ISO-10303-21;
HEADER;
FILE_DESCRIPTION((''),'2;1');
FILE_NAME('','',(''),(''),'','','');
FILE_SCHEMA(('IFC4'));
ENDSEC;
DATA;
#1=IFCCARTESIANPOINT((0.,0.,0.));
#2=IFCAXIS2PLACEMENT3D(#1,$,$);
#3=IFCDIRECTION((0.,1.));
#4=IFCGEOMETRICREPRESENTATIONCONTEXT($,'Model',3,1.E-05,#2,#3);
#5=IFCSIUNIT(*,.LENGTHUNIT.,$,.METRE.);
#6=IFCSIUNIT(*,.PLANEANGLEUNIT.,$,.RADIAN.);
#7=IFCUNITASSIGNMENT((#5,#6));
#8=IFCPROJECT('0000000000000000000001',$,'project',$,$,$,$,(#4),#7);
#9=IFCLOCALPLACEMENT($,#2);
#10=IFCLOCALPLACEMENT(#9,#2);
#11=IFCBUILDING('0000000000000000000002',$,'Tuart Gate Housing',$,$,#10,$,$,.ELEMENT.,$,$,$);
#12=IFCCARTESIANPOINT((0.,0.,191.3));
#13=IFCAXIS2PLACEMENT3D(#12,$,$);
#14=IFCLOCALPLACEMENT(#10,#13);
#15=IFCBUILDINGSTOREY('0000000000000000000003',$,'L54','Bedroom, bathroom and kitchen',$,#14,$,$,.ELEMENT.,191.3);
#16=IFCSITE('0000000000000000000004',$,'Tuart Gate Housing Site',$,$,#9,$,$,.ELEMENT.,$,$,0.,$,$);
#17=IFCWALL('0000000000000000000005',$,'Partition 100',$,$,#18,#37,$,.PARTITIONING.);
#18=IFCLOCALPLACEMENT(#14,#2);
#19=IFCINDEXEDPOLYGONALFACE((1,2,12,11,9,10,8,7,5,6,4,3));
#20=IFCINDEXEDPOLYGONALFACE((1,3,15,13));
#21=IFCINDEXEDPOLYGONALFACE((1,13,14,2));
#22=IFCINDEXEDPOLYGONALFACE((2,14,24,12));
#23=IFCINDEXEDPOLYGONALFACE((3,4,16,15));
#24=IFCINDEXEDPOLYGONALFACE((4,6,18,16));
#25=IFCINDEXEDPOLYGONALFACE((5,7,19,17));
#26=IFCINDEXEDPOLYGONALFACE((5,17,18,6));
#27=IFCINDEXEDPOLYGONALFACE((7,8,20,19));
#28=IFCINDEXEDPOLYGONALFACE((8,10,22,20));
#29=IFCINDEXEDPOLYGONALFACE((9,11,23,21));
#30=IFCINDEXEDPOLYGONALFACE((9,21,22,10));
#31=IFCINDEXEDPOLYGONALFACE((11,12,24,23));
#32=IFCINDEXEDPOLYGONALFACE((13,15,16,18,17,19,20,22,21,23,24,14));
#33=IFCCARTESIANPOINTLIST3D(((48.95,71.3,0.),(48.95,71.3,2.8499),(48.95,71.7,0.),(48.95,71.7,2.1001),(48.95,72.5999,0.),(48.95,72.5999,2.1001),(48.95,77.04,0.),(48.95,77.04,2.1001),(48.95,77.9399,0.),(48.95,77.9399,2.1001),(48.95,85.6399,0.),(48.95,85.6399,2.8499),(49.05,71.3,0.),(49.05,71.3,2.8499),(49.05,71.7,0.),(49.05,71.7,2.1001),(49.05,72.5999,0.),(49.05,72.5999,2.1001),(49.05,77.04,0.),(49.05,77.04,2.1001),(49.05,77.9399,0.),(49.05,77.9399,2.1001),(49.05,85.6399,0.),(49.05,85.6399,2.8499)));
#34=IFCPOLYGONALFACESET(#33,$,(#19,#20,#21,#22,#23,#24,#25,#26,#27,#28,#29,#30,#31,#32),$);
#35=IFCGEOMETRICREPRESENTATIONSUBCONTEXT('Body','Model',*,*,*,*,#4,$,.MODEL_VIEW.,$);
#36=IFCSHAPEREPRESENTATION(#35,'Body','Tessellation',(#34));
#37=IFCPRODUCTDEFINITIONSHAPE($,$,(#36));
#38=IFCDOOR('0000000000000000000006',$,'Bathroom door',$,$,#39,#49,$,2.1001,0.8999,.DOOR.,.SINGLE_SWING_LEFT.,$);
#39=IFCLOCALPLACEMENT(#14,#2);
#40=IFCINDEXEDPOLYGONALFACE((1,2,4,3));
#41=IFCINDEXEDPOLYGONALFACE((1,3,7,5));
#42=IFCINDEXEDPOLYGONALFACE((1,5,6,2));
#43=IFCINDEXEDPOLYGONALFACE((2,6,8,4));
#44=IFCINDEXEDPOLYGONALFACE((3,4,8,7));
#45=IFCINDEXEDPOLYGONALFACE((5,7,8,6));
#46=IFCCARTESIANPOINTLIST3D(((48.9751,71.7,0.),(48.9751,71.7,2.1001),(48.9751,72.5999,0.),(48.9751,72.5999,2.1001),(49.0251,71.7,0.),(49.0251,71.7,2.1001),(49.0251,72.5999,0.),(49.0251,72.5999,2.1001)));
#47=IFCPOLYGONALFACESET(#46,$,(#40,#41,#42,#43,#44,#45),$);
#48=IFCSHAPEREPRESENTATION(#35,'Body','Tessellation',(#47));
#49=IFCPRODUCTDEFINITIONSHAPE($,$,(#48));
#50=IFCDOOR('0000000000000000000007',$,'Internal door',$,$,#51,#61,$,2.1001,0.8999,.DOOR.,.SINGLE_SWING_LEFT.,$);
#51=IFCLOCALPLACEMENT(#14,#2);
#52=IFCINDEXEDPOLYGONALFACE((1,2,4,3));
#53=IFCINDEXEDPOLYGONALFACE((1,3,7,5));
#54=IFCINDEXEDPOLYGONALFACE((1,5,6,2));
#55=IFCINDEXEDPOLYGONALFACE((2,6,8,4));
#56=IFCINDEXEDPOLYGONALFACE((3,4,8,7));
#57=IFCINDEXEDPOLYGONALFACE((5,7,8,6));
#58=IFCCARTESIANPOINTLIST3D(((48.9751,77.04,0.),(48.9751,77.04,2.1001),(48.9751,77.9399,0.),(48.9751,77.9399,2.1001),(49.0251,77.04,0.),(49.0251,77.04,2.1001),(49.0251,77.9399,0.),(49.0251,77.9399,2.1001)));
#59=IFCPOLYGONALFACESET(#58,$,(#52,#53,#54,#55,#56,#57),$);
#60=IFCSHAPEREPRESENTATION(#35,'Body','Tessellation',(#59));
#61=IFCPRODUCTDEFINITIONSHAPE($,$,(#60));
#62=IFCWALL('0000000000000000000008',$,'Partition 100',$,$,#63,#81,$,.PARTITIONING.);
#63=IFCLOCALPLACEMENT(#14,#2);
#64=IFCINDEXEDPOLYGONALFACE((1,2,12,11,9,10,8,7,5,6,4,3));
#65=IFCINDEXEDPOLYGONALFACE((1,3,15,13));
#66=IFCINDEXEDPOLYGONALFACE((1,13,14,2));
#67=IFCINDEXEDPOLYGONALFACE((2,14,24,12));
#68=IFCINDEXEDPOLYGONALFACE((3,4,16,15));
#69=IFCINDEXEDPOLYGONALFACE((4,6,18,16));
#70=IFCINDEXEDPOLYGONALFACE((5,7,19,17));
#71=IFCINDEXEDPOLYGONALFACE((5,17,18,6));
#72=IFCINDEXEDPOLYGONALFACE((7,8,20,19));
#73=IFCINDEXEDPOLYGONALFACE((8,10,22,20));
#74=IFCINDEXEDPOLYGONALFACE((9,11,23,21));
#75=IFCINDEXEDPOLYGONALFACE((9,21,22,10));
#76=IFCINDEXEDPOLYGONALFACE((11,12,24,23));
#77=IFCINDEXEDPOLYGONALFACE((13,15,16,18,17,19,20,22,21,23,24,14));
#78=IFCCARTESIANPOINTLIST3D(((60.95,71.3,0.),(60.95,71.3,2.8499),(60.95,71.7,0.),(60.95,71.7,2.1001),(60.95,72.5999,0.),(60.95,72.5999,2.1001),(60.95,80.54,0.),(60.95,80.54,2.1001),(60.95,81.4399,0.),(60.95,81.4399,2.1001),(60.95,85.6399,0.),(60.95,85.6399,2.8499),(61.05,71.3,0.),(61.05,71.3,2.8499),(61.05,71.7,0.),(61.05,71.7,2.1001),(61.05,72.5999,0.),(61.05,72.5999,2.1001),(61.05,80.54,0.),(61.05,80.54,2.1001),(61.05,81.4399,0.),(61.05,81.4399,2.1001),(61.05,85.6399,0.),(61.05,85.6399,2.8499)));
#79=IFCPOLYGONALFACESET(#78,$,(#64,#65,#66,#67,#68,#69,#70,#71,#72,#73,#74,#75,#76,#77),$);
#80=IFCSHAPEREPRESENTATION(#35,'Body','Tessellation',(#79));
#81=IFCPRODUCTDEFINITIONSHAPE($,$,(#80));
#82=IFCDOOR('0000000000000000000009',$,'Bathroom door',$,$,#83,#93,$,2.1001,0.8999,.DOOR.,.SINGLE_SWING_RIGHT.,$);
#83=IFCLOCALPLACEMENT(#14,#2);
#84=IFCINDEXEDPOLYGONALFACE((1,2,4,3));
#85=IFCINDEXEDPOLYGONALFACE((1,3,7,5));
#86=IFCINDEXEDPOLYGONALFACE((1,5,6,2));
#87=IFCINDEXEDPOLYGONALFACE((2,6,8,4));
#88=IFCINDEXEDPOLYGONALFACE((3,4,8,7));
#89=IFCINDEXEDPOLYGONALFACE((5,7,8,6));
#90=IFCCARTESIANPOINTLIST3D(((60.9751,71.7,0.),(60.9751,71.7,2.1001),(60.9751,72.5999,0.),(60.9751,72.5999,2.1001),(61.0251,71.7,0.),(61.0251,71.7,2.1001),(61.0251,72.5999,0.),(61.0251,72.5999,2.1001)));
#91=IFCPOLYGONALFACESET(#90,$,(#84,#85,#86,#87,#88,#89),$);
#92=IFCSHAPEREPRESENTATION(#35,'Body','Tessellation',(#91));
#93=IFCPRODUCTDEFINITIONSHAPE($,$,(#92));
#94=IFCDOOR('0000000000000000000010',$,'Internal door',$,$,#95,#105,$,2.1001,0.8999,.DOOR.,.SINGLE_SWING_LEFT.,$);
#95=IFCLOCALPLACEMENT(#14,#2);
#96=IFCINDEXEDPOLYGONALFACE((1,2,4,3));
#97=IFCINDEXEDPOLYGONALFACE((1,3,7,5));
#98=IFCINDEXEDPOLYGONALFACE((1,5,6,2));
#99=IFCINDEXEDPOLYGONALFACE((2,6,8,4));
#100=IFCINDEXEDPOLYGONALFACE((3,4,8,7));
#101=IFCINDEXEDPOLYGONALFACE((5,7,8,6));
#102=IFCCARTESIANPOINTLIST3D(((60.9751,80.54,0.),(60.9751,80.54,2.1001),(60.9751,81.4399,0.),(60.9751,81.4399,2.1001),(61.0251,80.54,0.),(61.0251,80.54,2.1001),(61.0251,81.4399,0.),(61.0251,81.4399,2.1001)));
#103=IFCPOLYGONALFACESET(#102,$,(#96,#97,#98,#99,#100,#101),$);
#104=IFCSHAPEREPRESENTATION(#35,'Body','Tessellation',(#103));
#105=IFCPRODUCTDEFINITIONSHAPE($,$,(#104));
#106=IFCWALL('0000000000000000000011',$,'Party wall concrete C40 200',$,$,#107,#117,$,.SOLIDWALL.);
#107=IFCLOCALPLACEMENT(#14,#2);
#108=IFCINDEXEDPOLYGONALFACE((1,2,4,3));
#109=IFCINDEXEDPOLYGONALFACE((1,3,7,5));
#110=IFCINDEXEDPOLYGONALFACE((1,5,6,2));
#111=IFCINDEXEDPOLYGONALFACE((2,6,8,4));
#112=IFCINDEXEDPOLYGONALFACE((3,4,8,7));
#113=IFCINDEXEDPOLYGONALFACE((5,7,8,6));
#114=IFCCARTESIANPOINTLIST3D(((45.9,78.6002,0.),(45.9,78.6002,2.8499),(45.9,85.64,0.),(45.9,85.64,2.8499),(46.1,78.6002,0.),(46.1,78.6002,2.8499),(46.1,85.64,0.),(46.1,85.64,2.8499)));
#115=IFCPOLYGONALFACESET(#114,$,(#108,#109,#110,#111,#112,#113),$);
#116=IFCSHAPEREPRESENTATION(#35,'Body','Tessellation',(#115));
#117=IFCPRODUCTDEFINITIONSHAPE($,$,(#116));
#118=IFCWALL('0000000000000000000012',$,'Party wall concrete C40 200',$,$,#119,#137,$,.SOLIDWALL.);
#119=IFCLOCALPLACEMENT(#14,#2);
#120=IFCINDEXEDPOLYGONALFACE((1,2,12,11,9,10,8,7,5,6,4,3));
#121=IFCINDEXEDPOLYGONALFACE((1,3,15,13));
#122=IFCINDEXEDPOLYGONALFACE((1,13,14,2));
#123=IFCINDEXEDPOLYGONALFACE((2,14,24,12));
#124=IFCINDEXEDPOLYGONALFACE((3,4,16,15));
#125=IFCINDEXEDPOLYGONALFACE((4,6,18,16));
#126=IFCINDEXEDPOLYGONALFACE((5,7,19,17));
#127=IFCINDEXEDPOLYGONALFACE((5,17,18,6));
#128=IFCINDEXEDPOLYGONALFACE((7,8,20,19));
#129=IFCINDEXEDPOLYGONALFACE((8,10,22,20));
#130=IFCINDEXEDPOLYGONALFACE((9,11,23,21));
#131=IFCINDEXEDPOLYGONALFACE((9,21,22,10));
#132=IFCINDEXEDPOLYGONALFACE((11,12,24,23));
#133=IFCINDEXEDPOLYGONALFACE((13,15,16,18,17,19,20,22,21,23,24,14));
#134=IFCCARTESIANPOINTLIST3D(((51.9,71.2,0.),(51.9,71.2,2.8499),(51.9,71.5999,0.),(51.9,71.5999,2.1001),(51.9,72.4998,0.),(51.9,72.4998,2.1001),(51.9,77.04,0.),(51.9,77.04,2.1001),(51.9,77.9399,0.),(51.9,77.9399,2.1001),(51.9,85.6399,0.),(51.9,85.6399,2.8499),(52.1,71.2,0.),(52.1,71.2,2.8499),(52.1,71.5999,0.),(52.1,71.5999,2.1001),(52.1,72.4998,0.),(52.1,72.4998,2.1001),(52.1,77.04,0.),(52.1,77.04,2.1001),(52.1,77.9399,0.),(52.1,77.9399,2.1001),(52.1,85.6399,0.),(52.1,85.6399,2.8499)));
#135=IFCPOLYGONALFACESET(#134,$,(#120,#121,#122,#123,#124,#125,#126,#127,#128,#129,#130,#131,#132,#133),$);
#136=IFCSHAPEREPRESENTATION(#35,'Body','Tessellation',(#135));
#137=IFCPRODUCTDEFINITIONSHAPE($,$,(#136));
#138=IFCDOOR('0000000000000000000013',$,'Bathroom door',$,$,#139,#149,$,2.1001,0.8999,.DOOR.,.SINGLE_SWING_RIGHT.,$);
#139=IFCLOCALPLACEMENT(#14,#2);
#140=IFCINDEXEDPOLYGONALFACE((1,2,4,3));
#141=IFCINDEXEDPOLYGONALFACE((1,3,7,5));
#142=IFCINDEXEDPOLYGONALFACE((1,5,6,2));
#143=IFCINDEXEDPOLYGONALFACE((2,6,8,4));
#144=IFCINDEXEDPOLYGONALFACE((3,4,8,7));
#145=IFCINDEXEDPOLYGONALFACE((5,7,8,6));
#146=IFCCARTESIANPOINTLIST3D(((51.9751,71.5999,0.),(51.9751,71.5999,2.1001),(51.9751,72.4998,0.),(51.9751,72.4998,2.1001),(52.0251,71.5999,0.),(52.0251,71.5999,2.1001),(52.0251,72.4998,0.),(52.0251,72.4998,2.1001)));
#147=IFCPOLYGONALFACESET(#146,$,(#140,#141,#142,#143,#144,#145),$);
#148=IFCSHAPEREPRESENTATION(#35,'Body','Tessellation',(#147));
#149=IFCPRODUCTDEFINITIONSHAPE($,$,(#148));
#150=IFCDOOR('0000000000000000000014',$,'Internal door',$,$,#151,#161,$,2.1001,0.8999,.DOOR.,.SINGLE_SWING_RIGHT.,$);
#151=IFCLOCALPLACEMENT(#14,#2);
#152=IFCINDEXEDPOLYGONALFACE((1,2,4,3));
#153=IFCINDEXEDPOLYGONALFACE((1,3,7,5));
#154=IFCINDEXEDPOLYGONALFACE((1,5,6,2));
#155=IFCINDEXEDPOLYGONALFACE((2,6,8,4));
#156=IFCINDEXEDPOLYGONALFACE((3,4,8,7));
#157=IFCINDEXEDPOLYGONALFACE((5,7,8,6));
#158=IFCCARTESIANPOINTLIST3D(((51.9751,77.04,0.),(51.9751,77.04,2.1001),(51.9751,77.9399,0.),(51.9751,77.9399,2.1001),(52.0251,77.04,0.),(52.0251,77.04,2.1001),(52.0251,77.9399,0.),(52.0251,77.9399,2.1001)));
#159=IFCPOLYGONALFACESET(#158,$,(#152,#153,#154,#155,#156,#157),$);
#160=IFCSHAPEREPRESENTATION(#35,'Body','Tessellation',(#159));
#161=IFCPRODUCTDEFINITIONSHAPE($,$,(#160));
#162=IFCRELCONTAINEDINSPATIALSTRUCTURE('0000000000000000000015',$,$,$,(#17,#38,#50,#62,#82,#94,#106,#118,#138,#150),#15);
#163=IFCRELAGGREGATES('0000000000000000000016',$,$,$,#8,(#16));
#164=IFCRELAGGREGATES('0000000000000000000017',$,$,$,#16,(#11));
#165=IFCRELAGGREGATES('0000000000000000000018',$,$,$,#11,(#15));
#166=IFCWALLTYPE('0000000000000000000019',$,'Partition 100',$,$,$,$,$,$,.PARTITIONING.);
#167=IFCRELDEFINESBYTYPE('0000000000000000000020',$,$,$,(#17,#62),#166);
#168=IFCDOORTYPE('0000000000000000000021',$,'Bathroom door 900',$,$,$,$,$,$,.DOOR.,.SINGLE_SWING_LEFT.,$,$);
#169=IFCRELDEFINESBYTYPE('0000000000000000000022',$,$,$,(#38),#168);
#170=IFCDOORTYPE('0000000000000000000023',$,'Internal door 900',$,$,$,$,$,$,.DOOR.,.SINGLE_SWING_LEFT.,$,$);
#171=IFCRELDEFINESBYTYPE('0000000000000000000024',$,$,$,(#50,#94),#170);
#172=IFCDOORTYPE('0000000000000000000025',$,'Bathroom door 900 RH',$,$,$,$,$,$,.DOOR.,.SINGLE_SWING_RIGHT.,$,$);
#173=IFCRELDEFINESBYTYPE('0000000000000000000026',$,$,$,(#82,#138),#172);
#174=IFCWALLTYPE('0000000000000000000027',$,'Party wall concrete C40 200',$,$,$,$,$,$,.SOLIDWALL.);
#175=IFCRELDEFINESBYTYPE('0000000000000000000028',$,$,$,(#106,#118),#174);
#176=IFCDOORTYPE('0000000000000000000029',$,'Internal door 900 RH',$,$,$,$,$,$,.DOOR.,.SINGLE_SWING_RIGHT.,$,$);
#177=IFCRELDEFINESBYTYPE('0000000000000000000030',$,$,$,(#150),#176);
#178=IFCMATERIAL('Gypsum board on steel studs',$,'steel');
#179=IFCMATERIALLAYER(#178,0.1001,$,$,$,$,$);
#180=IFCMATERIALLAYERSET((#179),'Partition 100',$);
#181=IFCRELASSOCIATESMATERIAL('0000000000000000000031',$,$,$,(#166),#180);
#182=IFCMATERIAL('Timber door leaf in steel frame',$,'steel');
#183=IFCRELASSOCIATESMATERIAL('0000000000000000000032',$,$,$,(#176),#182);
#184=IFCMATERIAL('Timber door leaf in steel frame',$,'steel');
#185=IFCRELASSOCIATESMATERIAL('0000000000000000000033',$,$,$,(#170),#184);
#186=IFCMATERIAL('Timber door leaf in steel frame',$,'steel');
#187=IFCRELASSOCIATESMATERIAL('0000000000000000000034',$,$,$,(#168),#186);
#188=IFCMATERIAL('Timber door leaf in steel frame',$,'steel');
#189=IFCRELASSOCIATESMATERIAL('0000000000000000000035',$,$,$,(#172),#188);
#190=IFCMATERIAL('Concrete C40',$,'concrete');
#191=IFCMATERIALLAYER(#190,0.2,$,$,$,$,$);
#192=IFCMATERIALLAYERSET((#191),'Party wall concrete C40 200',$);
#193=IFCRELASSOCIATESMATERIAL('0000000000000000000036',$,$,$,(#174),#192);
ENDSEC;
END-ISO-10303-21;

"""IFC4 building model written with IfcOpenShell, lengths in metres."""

from ifc_helpers import new_model, si_unit, direction, frame, frame_2d, origin, place, context, subcontext, project, spatial, rectangle, extrude, material, layer, layer_set, type_object, element, fill, save


model = new_model("IFC4")

# Units and contexts
model_context = context("Model", 3, precision=1e-05, world=origin(), true_north=direction((0.0, 1.0)))
body_context = subcontext(model_context, "Body", "Model", "MODEL_VIEW")
ifc_project = project(units=[si_unit("LENGTHUNIT", "METRE"), si_unit("PLANEANGLEUNIT", "RADIAN")], contexts=[model_context])

# Site, building, storey
site_placement = place(None, origin())
site = spatial("IfcSite", under=ifc_project, at=site_placement, Name="Tuart Gate Housing Site", CompositionType="ELEMENT", RefElevation=0.0)
building_placement = place(site_placement, origin())
building = spatial("IfcBuilding", under=site, at=building_placement, Name="Tuart Gate Housing", CompositionType="ELEMENT")
storey_placement = place(building_placement, frame((0.0, 0.0, 191.3)))
storey = spatial("IfcBuildingStorey", under=building, at=storey_placement, Name="L54", Description="Bedroom, bathroom and kitchen", CompositionType="ELEMENT", Elevation=191.3)

# Shared definitions
ifc_material_1 = material(Name="Gypsum board on steel studs", Category="steel")
ifc_layer_1 = layer(ifc_material_1, 0.1001)
ifc_layer_set_1 = layer_set([ifc_layer_1], Name="Partition 100")
wall_type_1 = type_object("IfcWallType", Name="Partition 100", PredefinedType="PARTITIONING", material=ifc_layer_set_1)

# Shared definitions
ifc_material_2 = material(Name="Timber door leaf in steel frame", Category="steel")
door_type_1 = type_object("IfcDoorType", Name="Internal door 900 RH", OperationType="SINGLE_SWING_RIGHT", PredefinedType="DOOR", material=ifc_material_2)
ifc_material_3 = material(Name="Timber door leaf in steel frame", Category="steel")
door_type_2 = type_object("IfcDoorType", Name="Internal door 900", OperationType="SINGLE_SWING_LEFT", PredefinedType="DOOR", material=ifc_material_3)

# Walls, openings, doors
wall_1_placement = place(storey_placement, frame((49.0, 71.3, 0.0), z_axis=(0.0, 0.0, 1.0), x_axis=(0.0, 1.0, 0.0)))
wall_1 = element("IfcWall", 1, at=wall_1_placement, inside=storey, type_object=wall_type_1, Name="Partition 100", PredefinedType="PARTITIONING", context=body_context, shape_type="SweptSolid", body=[
    extrude(rectangle(XDim=14.3398, YDim=0.1001, at=frame_2d((7.1699, 0.0))), origin(), (0.0, 0.0, 1.0), 2.8499),
])
opening_1_placement = place(wall_1_placement, frame((5.74, 0.0, 0.0)))
opening_1 = element("IfcOpeningElement", 2, at=opening_1_placement, cuts=wall_1, PredefinedType="OPENING", context=body_context, shape_type="SweptSolid", body=[
    extrude(rectangle(XDim=0.8999, YDim=2.1001, at=frame_2d((0.45, 1.05))), frame((0.0, 0.0601, 0.0), z_axis=(0.0, -1.0, 0.0), x_axis=(1.0, 0.0, 0.0)), (0.0, 0.0, 1.0), 0.1201),
])
opening_2_placement = place(wall_1_placement, frame((0.3999, 0.0, 0.0)))
opening_2 = element("IfcOpeningElement", 3, at=opening_2_placement, cuts=wall_1, PredefinedType="OPENING", context=body_context, shape_type="SweptSolid", body=[
    extrude(rectangle(XDim=0.8999, YDim=2.1001, at=frame_2d((0.45, 1.05))), frame((0.0, 0.0601, 0.0), z_axis=(0.0, -1.0, 0.0), x_axis=(1.0, 0.0, 0.0)), (0.0, 0.0, 1.0), 0.1201),
])
ifc_material_4 = material(Name="Timber door leaf in steel frame", Category="steel")
door_type_3 = type_object("IfcDoorType", Name="Bathroom door 900", OperationType="SINGLE_SWING_LEFT", PredefinedType="DOOR", material=ifc_material_4)
door_1_placement = place(opening_2_placement, origin())
door_1 = element("IfcDoor", 4, at=door_1_placement, inside=storey, type_object=door_type_3, Name="Bathroom door", OperationType="SINGLE_SWING_LEFT", OverallHeight=2.1001, OverallWidth=0.8999, PredefinedType="DOOR", context=body_context, shape_type="SweptSolid", body=[
    extrude(rectangle(XDim=0.8999, YDim=2.1001, at=frame_2d((0.45, 1.05))), frame((0.0, 0.0249, 0.0), z_axis=(0.0, -1.0, 0.0), x_axis=(1.0, 0.0, 0.0)), (0.0, 0.0, 1.0), 0.05),
])
fill(opening_2, door_1)
door_2_placement = place(opening_1_placement, origin())
door_2 = element("IfcDoor", 5, at=door_2_placement, inside=storey, type_object=door_type_2, Name="Internal door", OperationType="SINGLE_SWING_LEFT", OverallHeight=2.1001, OverallWidth=0.8999, PredefinedType="DOOR", context=body_context, shape_type="SweptSolid", body=[
    extrude(rectangle(XDim=0.8999, YDim=2.1001, at=frame_2d((0.45, 1.05))), frame((0.0, 0.0249, 0.0), z_axis=(0.0, -1.0, 0.0), x_axis=(1.0, 0.0, 0.0)), (0.0, 0.0, 1.0), 0.05),
])
fill(opening_1, door_2)
wall_2_placement = place(storey_placement, frame((61.0, 71.3, 0.0), z_axis=(0.0, 0.0, 1.0), x_axis=(0.0, 1.0, 0.0)))
wall_2 = element("IfcWall", 6, at=wall_2_placement, inside=storey, type_object=wall_type_1, Name="Partition 100", PredefinedType="PARTITIONING", context=body_context, shape_type="SweptSolid", body=[
    extrude(rectangle(XDim=14.3398, YDim=0.1001, at=frame_2d((7.1699, 0.0))), origin(), (0.0, 0.0, 1.0), 2.8499),
])
opening_3_placement = place(wall_2_placement, frame((9.24, 0.0, 0.0)))
opening_3 = element("IfcOpeningElement", 7, at=opening_3_placement, cuts=wall_2, PredefinedType="OPENING", context=body_context, shape_type="SweptSolid", body=[
    extrude(rectangle(XDim=0.8999, YDim=2.1001, at=frame_2d((0.45, 1.05))), frame((0.0, 0.0601, 0.0), z_axis=(0.0, -1.0, 0.0), x_axis=(1.0, 0.0, 0.0)), (0.0, 0.0, 1.0), 0.1201),
])
opening_4_placement = place(wall_2_placement, frame((0.3999, 0.0, 0.0)))
opening_4 = element("IfcOpeningElement", 8, at=opening_4_placement, cuts=wall_2, PredefinedType="OPENING", context=body_context, shape_type="SweptSolid", body=[
    extrude(rectangle(XDim=0.8999, YDim=2.1001, at=frame_2d((0.45, 1.05))), frame((0.0, 0.0601, 0.0), z_axis=(0.0, -1.0, 0.0), x_axis=(1.0, 0.0, 0.0)), (0.0, 0.0, 1.0), 0.1201),
])
ifc_material_5 = material(Name="Timber door leaf in steel frame", Category="steel")
door_type_4 = type_object("IfcDoorType", Name="Bathroom door 900 RH", OperationType="SINGLE_SWING_RIGHT", PredefinedType="DOOR", material=ifc_material_5)
door_3_placement = place(opening_4_placement, frame((0.8999, 0.0, 0.0), z_axis=(0.0, 0.0, 1.0), x_axis=(-1.0, 0.0, 0.0)))
door_3 = element("IfcDoor", 9, at=door_3_placement, inside=storey, type_object=door_type_4, Name="Bathroom door", OperationType="SINGLE_SWING_RIGHT", OverallHeight=2.1001, OverallWidth=0.8999, PredefinedType="DOOR", context=body_context, shape_type="SweptSolid", body=[
    extrude(rectangle(XDim=0.8999, YDim=2.1001, at=frame_2d((0.45, 1.05))), frame((0.0, 0.0251, 0.0), z_axis=(0.0, -1.0, 0.0), x_axis=(1.0, 0.0, 0.0)), (0.0, 0.0, 1.0), 0.05),
])
fill(opening_4, door_3)
door_4_placement = place(opening_3_placement, frame((0.8999, 0.0, 0.0), z_axis=(0.0, 0.0, 1.0), x_axis=(-1.0, 0.0, 0.0)))
door_4 = element("IfcDoor", 10, at=door_4_placement, inside=storey, type_object=door_type_2, Name="Internal door", OperationType="SINGLE_SWING_LEFT", OverallHeight=2.1001, OverallWidth=0.8999, PredefinedType="DOOR", context=body_context, shape_type="SweptSolid", body=[
    extrude(rectangle(XDim=0.8999, YDim=2.1001, at=frame_2d((0.45, 1.05))), frame((0.0, 0.0251, 0.0), z_axis=(0.0, -1.0, 0.0), x_axis=(1.0, 0.0, 0.0)), (0.0, 0.0, 1.0), 0.05),
])
fill(opening_3, door_4)

# Wall
ifc_material_6 = material(Name="Concrete C40", Category="concrete")
ifc_layer_2 = layer(ifc_material_6, 0.2)
ifc_layer_set_2 = layer_set([ifc_layer_2], Name="Party wall concrete C40 200")
wall_type_2 = type_object("IfcWallType", Name="Party wall concrete C40 200", PredefinedType="SOLIDWALL", material=ifc_layer_set_2)
wall_3_placement = place(storey_placement, frame((46.0, 78.6001, 0.0), z_axis=(0.0, 0.0, 1.0), x_axis=(0.0, 1.0, 0.0)))
element("IfcWall", 11, at=wall_3_placement, inside=storey, type_object=wall_type_2, Name="Party wall concrete C40 200", PredefinedType="SOLIDWALL", context=body_context, shape_type="SweptSolid", body=[
    extrude(rectangle(XDim=7.0398, YDim=0.2, at=frame_2d((3.52, 0.0))), origin(), (0.0, 0.0, 1.0), 2.8499),
])

# Wall, openings, doors
wall_4_placement = place(storey_placement, frame((52.0, 71.2, 0.0), z_axis=(0.0, 0.0, 1.0), x_axis=(0.0, 1.0, 0.0)))
wall_4 = element("IfcWall", 12, at=wall_4_placement, inside=storey, type_object=wall_type_2, Name="Party wall concrete C40 200", PredefinedType="SOLIDWALL", context=body_context, shape_type="SweptSolid", body=[
    extrude(rectangle(XDim=14.4399, YDim=0.2, at=frame_2d((7.22, 0.0))), origin(), (0.0, 0.0, 1.0), 2.8499),
])
opening_5_placement = place(wall_4_placement, frame((5.8401, 0.0, 0.0)))
opening_5 = element("IfcOpeningElement", 13, at=opening_5_placement, cuts=wall_4, PredefinedType="OPENING", context=body_context, shape_type="SweptSolid", body=[
    extrude(rectangle(XDim=0.8999, YDim=2.1001, at=frame_2d((0.45, 1.05))), frame((0.0, 0.1099, 0.0), z_axis=(0.0, -1.0, 0.0), x_axis=(1.0, 0.0, 0.0)), (0.0, 0.0, 1.0), 0.22),
])
opening_6_placement = place(wall_4_placement, frame((0.3999, 0.0, 0.0)))
opening_6 = element("IfcOpeningElement", 14, at=opening_6_placement, cuts=wall_4, PredefinedType="OPENING", context=body_context, shape_type="SweptSolid", body=[
    extrude(rectangle(XDim=0.8999, YDim=2.1001, at=frame_2d((0.45, 1.05))), frame((0.0, 0.1099, 0.0), z_axis=(0.0, -1.0, 0.0), x_axis=(1.0, 0.0, 0.0)), (0.0, 0.0, 1.0), 0.22),
])
door_5_placement = place(opening_6_placement, frame((0.8999, 0.0, 0.0), z_axis=(0.0, 0.0, 1.0), x_axis=(-1.0, 0.0, 0.0)))
door_5 = element("IfcDoor", 15, at=door_5_placement, inside=storey, type_object=door_type_4, Name="Bathroom door", OperationType="SINGLE_SWING_RIGHT", OverallHeight=2.1001, OverallWidth=0.8999, PredefinedType="DOOR", context=body_context, shape_type="SweptSolid", body=[
    extrude(rectangle(XDim=0.8999, YDim=2.1001, at=frame_2d((0.45, 1.05))), frame((0.0, 0.0251, 0.0), z_axis=(0.0, -1.0, 0.0), x_axis=(1.0, 0.0, 0.0)), (0.0, 0.0, 1.0), 0.05),
])
fill(opening_6, door_5)
door_6_placement = place(opening_5_placement, frame((0.8999, 0.0, 0.0), z_axis=(0.0, 0.0, 1.0), x_axis=(-1.0, 0.0, 0.0)))
door_6 = element("IfcDoor", 16, at=door_6_placement, inside=storey, type_object=door_type_1, Name="Internal door", OperationType="SINGLE_SWING_RIGHT", OverallHeight=2.1001, OverallWidth=0.8999, PredefinedType="DOOR", context=body_context, shape_type="SweptSolid", body=[
    extrude(rectangle(XDim=0.8999, YDim=2.1001, at=frame_2d((0.45, 1.05))), frame((0.0, 0.0251, 0.0), z_axis=(0.0, -1.0, 0.0), x_axis=(1.0, 0.0, 0.0)), (0.0, 0.0, 1.0), 0.05),
])
fill(opening_5, door_6)

save(model, "model.ifc")
